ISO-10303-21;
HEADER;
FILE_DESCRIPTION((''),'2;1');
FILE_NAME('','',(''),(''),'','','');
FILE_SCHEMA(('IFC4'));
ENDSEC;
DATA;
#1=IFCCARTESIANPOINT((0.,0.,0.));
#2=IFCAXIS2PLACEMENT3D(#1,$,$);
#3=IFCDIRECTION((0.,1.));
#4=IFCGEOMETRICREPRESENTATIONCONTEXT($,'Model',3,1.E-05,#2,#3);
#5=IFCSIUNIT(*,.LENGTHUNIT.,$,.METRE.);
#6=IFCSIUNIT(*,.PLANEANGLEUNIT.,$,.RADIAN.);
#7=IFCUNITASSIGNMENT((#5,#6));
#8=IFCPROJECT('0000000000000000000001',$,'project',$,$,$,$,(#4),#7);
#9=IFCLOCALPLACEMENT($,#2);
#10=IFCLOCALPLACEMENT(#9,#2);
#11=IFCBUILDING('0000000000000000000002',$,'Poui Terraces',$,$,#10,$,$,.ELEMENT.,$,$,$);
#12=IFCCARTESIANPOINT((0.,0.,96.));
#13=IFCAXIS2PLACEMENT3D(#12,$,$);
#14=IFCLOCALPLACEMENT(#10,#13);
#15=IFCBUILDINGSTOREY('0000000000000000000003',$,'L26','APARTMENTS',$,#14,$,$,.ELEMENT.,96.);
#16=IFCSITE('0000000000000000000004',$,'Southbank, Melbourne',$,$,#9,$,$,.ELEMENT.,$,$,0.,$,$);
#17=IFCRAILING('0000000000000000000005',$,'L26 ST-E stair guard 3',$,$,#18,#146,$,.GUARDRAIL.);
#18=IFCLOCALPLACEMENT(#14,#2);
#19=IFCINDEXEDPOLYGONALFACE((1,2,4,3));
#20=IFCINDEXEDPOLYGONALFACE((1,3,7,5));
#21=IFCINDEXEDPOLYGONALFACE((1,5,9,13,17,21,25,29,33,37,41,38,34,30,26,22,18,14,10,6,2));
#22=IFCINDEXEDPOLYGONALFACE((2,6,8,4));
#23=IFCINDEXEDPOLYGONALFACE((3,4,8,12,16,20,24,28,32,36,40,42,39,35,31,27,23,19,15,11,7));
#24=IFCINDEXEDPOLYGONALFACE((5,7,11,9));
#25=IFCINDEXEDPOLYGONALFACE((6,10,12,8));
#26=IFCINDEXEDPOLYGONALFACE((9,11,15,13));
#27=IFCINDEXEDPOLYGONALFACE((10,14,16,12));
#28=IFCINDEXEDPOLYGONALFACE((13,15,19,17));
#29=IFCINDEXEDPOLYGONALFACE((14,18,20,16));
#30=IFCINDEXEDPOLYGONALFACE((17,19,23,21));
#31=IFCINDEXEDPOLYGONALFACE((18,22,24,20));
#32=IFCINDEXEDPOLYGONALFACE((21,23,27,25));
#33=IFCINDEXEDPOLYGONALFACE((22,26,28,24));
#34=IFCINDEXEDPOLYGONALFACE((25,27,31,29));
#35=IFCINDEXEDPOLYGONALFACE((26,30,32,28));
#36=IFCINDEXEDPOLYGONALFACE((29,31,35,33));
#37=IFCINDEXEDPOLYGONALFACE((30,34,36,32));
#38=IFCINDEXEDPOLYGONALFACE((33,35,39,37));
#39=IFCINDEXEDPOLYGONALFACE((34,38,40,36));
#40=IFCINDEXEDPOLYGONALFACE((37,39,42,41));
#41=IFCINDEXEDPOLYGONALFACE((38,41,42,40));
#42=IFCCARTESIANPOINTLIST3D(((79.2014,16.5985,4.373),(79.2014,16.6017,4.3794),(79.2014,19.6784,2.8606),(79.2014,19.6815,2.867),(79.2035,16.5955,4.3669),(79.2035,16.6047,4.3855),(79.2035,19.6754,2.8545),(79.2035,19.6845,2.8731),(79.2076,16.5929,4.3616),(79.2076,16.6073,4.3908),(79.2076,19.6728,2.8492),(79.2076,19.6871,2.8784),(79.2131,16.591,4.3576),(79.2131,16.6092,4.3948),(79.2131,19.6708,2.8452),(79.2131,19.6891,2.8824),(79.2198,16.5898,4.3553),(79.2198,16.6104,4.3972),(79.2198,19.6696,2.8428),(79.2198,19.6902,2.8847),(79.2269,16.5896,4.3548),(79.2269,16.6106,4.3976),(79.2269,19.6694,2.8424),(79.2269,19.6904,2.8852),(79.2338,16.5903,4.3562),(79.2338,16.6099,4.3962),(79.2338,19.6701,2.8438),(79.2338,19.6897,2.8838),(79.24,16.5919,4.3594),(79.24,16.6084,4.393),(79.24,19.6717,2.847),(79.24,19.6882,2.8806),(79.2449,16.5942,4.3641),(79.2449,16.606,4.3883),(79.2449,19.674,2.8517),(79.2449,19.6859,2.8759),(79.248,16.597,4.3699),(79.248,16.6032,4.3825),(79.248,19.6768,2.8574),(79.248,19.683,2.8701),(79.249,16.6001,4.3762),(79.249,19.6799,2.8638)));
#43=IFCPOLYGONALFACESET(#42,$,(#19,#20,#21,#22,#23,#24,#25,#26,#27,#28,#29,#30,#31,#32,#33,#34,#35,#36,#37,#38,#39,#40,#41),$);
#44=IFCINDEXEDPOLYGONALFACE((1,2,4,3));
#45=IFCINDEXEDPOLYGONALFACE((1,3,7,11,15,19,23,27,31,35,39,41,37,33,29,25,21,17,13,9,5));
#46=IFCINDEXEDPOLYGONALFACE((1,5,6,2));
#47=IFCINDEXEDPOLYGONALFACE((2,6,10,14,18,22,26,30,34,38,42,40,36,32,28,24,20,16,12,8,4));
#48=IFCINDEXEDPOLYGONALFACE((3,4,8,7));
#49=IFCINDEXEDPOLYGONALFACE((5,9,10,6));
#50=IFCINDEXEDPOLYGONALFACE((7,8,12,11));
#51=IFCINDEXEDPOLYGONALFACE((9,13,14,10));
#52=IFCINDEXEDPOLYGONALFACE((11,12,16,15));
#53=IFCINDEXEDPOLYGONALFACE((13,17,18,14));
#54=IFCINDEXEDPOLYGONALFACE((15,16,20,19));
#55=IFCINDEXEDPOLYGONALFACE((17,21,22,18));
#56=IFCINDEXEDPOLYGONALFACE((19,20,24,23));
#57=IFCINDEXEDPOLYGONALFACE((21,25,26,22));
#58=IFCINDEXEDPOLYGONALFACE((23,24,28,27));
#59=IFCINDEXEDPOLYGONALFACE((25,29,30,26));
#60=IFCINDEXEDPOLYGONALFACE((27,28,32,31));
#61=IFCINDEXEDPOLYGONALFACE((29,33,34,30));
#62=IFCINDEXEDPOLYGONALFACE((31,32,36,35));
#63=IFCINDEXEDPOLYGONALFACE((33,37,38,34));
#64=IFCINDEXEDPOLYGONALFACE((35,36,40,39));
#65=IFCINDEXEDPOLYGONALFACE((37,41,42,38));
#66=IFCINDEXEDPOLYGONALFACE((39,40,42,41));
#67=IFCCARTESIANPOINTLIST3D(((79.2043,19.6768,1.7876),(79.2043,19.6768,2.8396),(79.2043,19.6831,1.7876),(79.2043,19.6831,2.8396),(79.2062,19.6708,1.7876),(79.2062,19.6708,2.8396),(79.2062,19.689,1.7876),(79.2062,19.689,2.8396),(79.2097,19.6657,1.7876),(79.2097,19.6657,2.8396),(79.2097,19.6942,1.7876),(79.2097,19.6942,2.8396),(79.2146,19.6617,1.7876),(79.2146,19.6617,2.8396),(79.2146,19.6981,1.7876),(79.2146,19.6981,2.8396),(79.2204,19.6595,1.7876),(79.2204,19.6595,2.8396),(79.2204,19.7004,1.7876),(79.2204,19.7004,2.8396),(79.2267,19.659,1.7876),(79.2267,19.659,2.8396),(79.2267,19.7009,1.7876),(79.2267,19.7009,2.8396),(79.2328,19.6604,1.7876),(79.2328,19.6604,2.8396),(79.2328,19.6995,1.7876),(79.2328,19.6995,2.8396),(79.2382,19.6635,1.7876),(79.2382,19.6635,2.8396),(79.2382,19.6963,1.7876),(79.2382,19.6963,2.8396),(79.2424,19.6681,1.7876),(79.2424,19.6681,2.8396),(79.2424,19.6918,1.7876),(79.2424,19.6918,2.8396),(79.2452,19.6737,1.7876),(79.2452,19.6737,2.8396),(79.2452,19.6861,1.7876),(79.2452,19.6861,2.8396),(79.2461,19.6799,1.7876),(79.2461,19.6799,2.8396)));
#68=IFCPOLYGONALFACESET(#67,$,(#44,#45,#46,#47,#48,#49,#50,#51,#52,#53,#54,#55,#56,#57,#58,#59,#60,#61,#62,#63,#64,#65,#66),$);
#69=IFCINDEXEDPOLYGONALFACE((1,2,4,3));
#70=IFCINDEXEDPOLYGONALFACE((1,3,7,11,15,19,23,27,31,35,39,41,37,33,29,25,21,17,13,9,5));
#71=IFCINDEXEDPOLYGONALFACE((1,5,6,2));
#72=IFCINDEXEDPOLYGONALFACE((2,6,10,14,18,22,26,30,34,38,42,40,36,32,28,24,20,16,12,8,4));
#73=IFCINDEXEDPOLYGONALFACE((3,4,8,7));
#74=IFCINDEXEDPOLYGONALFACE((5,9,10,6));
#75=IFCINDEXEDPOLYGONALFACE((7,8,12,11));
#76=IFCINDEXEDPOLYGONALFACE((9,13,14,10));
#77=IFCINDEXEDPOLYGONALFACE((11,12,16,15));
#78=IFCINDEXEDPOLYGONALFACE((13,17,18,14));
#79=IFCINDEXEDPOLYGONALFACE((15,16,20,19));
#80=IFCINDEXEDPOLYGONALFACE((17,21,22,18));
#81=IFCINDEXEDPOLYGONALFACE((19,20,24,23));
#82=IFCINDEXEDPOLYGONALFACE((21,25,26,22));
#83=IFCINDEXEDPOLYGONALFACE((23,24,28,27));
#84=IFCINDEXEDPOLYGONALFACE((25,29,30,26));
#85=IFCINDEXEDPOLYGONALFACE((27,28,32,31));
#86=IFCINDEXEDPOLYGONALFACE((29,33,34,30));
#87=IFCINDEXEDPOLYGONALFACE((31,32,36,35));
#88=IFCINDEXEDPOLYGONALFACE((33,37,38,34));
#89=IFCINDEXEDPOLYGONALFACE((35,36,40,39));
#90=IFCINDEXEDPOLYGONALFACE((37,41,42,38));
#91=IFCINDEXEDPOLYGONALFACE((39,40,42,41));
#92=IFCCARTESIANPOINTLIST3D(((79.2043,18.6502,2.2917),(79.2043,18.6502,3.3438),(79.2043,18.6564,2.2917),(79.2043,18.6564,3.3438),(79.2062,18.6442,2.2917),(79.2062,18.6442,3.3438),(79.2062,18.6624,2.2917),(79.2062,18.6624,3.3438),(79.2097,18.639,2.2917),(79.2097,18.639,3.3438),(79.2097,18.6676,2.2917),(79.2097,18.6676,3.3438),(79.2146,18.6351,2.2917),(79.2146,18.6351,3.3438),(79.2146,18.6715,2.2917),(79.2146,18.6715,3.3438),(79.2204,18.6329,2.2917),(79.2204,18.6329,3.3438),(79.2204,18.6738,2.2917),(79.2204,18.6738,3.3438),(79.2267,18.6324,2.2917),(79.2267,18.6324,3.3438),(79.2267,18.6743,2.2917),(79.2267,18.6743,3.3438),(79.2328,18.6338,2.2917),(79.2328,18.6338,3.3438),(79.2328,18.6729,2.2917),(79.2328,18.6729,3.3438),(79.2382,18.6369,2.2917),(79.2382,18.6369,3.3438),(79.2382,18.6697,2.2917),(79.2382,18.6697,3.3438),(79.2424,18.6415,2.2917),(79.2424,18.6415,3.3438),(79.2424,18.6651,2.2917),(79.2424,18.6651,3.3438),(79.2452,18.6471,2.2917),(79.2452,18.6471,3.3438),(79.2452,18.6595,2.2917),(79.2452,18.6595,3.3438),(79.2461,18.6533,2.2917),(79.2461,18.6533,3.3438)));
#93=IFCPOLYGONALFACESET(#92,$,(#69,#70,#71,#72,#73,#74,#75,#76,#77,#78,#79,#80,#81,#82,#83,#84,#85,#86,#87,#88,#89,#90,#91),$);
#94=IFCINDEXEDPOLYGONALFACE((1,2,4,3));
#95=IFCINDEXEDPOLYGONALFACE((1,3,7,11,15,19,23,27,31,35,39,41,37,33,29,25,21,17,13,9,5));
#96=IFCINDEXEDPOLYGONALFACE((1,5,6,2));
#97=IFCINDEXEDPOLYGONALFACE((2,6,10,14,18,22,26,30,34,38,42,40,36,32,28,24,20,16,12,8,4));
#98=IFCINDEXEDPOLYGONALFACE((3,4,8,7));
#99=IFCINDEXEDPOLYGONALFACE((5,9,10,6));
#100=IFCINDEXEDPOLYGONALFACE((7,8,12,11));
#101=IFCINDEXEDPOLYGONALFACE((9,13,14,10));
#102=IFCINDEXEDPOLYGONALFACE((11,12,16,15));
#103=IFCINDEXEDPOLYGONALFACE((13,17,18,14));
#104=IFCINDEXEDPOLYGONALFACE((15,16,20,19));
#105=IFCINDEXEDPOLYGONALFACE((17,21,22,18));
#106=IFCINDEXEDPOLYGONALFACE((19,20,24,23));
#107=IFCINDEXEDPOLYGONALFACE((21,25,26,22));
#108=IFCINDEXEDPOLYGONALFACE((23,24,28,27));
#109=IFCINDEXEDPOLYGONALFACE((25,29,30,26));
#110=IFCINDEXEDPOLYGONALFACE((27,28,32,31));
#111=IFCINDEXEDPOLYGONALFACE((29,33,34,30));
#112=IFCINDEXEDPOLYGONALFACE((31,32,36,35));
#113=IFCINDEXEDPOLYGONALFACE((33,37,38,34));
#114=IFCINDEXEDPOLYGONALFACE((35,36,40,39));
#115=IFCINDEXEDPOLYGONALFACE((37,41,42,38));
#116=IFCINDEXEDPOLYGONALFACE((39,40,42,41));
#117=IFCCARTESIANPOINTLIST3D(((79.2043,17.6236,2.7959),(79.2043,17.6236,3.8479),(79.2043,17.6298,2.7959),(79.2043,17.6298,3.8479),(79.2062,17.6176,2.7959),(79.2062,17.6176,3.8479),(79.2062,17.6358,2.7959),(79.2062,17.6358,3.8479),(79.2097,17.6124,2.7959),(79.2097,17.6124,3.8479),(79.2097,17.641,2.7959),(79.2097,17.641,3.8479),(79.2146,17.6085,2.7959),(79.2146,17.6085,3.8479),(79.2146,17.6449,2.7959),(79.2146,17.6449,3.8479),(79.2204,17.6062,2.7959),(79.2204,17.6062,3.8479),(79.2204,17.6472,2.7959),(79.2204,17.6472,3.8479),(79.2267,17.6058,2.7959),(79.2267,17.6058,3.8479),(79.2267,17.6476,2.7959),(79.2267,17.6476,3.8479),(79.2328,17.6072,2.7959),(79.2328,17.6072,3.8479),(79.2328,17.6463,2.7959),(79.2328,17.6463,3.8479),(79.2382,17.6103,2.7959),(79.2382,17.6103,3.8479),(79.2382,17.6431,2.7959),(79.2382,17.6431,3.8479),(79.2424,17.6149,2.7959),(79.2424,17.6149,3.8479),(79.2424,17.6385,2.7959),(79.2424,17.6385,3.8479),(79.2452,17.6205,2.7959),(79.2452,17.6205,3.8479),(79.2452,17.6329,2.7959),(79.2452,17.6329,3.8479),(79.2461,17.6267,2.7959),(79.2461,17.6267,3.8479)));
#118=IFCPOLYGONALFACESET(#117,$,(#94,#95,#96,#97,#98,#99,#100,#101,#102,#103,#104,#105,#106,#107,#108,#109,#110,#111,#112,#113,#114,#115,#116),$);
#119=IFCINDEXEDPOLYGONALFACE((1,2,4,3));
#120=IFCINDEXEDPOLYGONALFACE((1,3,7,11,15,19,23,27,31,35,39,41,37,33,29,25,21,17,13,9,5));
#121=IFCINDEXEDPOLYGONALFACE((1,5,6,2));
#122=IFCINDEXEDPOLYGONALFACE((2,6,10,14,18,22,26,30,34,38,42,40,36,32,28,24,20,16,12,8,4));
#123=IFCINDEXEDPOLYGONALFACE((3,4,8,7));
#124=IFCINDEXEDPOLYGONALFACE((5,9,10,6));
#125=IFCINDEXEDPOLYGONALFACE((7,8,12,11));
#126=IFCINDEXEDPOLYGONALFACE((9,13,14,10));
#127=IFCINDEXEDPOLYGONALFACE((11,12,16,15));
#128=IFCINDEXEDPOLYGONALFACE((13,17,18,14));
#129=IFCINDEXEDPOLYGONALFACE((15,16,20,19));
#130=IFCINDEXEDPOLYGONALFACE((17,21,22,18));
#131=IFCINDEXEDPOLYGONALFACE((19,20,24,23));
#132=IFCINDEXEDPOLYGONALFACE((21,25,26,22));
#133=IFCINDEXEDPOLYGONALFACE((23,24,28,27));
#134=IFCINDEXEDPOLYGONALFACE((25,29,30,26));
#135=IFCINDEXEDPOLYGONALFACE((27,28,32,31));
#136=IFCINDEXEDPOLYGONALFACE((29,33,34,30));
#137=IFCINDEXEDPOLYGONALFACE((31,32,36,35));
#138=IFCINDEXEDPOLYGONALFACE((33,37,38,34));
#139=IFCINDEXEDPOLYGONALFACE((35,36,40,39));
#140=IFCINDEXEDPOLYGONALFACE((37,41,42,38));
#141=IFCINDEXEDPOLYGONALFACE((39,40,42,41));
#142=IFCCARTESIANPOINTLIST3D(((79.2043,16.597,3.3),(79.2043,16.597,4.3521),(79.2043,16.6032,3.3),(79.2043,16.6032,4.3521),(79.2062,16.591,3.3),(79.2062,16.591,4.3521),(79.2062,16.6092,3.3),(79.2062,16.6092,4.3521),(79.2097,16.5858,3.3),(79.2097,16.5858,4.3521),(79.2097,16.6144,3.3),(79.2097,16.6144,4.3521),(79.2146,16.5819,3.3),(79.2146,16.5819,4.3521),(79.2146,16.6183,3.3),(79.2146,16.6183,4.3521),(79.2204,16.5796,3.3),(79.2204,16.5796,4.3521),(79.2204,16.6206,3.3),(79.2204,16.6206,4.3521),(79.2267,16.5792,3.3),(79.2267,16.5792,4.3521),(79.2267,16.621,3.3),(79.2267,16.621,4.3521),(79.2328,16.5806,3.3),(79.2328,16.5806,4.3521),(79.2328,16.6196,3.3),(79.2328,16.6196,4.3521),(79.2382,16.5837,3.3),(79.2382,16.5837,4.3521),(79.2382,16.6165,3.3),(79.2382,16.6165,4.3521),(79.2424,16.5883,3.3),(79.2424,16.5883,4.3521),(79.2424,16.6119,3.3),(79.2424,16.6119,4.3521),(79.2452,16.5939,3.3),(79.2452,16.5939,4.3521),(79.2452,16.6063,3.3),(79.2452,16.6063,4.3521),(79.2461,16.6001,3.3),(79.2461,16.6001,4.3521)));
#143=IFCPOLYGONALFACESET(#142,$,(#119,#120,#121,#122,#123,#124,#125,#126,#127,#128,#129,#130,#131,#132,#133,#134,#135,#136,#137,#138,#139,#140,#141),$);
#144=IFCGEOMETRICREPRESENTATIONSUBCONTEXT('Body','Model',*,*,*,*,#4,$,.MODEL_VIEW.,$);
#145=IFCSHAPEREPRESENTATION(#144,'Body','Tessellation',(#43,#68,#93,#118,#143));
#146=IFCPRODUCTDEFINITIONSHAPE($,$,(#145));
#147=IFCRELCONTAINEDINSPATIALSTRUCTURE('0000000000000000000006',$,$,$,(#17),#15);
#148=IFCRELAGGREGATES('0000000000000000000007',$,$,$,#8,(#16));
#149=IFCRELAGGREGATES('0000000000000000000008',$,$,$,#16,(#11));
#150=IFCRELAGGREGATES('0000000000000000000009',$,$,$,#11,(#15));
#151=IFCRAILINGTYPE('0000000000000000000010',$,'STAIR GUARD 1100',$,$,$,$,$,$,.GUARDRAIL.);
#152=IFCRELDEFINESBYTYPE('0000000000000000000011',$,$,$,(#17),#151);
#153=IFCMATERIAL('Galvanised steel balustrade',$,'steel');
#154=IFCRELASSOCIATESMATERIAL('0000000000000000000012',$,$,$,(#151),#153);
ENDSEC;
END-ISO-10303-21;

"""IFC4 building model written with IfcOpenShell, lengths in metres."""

from ifc_helpers import new_model, si_unit, direction, frame, origin, origin_2d, place, context, subcontext, project, spatial, circle, extrude, material, type_object, element, save


model = new_model("IFC4")

# Units and contexts
model_context = context("Model", 3, precision=1e-05, world=origin(), true_north=direction((0.0, 1.0)))
body_context = subcontext(model_context, "Body", "Model", "MODEL_VIEW")
ifc_project = project(units=[si_unit("LENGTHUNIT", "METRE"), si_unit("PLANEANGLEUNIT", "RADIAN")], contexts=[model_context])

# Site, building, storey
site_placement = place(None, origin())
site = spatial("IfcSite", under=ifc_project, at=site_placement, Name="Southbank, Melbourne", CompositionType="ELEMENT", RefElevation=0.0)
building_placement = place(site_placement, origin())
building = spatial("IfcBuilding", under=site, at=building_placement, Name="Poui Terraces", CompositionType="ELEMENT")
storey_placement = place(building_placement, frame((0.0, 0.0, 96.0)))
storey = spatial("IfcBuildingStorey", under=building, at=storey_placement, Name="L26", Description="APARTMENTS", CompositionType="ELEMENT", Elevation=96.0)

# Railing
ifc_material_1 = material(Name="Galvanised steel balustrade", Category="steel")
railing_type_1 = type_object("IfcRailingType", Name="STAIR GUARD 1100", PredefinedType="GUARDRAIL", material=ifc_material_1)
railing_1_placement = place(storey_placement, frame((79.2251, 19.6799, 1.7876)))
element("IfcRailing", 1, at=railing_1_placement, inside=storey, type_object=railing_type_1, Name="L26 ST-E stair guard 3", PredefinedType="GUARDRAIL", context=body_context, shape_type="SweptSolid", body=[
    extrude(circle(Radius=0.0239, at=origin_2d()), frame((0.0, 0.0, 1.0762), z_axis=(0.0, -0.897606, 0.440798), x_axis=(1.0, 0.0, 0.0)), (0.0, 0.0, 1.0), 3.4312),
    extrude(circle(Radius=0.021, at=origin_2d()), origin(), (0.0, 0.0, 1.0), 1.052),
    extrude(circle(Radius=0.021, at=origin_2d()), frame((0.0, -1.0266, 0.5042)), (0.0, 0.0, 1.0), 1.052),
    extrude(circle(Radius=0.021, at=origin_2d()), frame((0.0, -2.0532, 1.0083)), (0.0, 0.0, 1.0), 1.052),
    extrude(circle(Radius=0.021, at=origin_2d()), frame((0.0, -3.0798, 1.5125)), (0.0, 0.0, 1.0), 1.052),
])

save(model, "model.ifc")
